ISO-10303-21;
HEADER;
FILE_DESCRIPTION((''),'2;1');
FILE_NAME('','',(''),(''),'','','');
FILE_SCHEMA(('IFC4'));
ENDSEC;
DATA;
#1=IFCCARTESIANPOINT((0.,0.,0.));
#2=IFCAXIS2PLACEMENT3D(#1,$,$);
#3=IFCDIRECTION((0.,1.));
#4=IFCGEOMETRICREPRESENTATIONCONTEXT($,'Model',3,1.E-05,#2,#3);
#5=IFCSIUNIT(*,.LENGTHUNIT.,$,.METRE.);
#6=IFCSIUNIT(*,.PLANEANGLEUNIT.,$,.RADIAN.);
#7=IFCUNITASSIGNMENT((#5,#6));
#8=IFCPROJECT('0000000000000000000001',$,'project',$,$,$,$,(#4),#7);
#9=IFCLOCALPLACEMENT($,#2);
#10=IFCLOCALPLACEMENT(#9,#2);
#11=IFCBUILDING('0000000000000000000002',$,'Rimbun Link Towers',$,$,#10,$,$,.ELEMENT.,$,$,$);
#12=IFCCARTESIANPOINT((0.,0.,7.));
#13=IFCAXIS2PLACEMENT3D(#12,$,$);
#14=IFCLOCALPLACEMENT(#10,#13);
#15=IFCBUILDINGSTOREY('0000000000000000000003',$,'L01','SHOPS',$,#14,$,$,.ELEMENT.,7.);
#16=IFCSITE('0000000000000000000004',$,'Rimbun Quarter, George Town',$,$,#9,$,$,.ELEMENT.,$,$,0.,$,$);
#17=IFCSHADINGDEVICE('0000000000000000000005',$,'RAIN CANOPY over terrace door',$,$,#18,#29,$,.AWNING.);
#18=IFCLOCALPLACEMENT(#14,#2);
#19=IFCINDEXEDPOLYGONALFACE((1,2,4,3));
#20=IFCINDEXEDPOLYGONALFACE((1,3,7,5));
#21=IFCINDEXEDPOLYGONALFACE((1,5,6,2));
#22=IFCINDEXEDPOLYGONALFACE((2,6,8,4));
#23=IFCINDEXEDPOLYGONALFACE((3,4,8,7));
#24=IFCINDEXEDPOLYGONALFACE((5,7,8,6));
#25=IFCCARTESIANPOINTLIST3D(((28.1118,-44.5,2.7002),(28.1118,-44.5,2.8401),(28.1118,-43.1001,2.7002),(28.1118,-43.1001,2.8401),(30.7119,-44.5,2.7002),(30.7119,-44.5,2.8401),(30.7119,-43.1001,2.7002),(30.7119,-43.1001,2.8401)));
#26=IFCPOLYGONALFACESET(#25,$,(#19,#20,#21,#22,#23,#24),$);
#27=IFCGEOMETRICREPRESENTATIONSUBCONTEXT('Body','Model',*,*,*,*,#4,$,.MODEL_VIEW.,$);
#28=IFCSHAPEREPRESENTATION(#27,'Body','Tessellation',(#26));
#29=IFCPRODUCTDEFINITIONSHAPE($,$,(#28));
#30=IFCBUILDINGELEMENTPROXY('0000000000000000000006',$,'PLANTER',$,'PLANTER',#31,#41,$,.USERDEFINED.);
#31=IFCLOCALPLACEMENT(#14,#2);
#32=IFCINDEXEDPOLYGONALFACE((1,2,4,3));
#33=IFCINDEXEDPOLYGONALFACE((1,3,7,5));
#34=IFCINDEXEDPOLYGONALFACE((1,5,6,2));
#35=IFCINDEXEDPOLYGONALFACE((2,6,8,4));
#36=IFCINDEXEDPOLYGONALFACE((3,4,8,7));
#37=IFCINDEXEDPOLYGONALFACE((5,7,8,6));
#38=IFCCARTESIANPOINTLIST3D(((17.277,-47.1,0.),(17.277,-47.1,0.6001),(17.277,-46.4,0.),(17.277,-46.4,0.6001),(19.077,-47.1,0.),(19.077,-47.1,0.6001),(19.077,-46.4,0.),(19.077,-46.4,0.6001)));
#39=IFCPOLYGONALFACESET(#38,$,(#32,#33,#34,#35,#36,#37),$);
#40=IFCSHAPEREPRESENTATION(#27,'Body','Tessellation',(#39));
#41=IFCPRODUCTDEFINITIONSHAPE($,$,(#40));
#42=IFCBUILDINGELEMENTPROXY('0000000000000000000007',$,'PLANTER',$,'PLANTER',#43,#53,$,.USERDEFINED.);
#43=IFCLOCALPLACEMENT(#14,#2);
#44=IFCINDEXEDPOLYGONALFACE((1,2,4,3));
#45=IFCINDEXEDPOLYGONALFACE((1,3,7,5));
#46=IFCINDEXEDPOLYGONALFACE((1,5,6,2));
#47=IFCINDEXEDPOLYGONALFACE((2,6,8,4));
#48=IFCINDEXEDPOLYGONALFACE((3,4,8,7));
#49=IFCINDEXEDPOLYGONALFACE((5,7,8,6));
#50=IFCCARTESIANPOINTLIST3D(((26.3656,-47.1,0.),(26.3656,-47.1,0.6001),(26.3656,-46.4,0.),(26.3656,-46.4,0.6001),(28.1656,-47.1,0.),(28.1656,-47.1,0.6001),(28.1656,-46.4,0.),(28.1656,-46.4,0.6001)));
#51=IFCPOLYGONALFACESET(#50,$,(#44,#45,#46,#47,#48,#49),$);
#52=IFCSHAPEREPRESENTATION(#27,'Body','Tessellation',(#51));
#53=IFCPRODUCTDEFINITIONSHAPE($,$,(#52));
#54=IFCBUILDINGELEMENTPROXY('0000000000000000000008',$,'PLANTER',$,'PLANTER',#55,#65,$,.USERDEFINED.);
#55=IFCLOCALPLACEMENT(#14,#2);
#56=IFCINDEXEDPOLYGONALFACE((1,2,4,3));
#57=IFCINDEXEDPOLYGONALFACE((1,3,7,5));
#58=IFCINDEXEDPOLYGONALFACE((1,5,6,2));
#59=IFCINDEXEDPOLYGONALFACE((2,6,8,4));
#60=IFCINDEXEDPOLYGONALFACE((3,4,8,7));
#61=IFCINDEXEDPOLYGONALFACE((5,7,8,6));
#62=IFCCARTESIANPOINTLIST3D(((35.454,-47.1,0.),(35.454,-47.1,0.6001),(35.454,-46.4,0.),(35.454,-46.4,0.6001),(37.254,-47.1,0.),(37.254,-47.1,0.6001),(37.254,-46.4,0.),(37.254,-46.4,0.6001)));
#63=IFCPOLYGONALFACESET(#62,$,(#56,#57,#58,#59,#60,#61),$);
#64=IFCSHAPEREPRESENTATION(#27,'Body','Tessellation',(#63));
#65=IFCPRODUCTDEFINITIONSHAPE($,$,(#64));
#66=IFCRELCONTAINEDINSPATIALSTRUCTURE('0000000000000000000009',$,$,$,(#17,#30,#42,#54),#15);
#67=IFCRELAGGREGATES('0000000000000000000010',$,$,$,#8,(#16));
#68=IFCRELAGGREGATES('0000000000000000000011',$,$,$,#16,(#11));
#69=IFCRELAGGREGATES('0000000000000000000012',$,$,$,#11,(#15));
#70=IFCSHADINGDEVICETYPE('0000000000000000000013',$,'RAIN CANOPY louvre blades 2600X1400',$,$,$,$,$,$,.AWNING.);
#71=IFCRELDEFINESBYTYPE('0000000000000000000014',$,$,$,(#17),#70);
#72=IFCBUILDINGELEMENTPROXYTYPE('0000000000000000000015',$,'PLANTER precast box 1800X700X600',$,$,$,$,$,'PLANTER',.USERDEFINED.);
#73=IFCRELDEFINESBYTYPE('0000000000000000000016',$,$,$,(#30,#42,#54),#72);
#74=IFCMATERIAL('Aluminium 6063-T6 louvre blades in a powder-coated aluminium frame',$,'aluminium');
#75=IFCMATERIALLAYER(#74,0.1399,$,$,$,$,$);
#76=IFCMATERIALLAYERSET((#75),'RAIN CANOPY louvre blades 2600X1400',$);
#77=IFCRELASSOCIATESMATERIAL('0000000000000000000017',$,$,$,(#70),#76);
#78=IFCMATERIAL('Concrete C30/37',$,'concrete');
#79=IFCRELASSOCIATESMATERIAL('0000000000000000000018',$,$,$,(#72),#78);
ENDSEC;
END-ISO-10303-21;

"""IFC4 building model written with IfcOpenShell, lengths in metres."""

from ifc_helpers import new_model, si_unit, direction, frame, origin, origin_2d, place, context, subcontext, project, spatial, rectangle, extrude, material, layer, layer_set, type_object, element, save


model = new_model("IFC4")

# Units and contexts
model_context = context("Model", 3, precision=1e-05, world=origin(), true_north=direction((0.0, 1.0)))
body_context = subcontext(model_context, "Body", "Model", "MODEL_VIEW")
ifc_project = project(units=[si_unit("LENGTHUNIT", "METRE"), si_unit("PLANEANGLEUNIT", "RADIAN")], contexts=[model_context])

# Site, building, storey
site_placement = place(None, origin())
site = spatial("IfcSite", under=ifc_project, at=site_placement, Name="Rimbun Quarter, George Town", CompositionType="ELEMENT", RefElevation=0.0)
building_placement = place(site_placement, origin())
building = spatial("IfcBuilding", under=site, at=building_placement, Name="Rimbun Link Towers", CompositionType="ELEMENT")
storey_placement = place(building_placement, frame((0.0, 0.0, 7.0)))
storey = spatial("IfcBuildingStorey", under=building, at=storey_placement, Name="L01", Description="SHOPS", CompositionType="ELEMENT", Elevation=7.0)

# Shading device
ifc_material_1 = material(Name="Aluminium 6063-T6 louvre blades in a powder-coated aluminium frame", Category="aluminium")
ifc_layer_1 = layer(ifc_material_1, 0.1399)
ifc_layer_set_1 = layer_set([ifc_layer_1], Name="RAIN CANOPY louvre blades 2600X1400")
shading_device_type = type_object("IfcShadingDeviceType", Name="RAIN CANOPY louvre blades 2600X1400", PredefinedType="AWNING", material=ifc_layer_set_1)
shading_device_placement = place(storey_placement, frame((29.4119, -43.8, 2.7002), z_axis=(0.0, 0.0, 1.0), x_axis=(-1.0, 0.0, 0.0)))
element("IfcShadingDevice", 1, at=shading_device_placement, inside=storey, type_object=shading_device_type, Name="RAIN CANOPY over terrace door", PredefinedType="AWNING", context=body_context, shape_type="SweptSolid", body=[
    extrude(rectangle(XDim=2.6001, YDim=1.3999, at=origin_2d()), origin(), (0.0, 0.0, 1.0), 0.1399),
])

# Building element proxies
ifc_material_2 = material(Name="Concrete C30/37", Category="concrete")
building_element_proxy_type = type_object("IfcBuildingElementProxyType", Name="PLANTER precast box 1800X700X600", ElementType="PLANTER", PredefinedType="USERDEFINED", material=ifc_material_2)
for number, where, z_axis, x_axis, name in (
    (2, (18.177, -46.75, 0.0), (0.0, 0.0, 1.0), (1.0, 0.0, 0.0), "PLANTER"),
    (3, (27.2656, -46.75, 0.0), (0.0, 0.0, 1.0), (1.0, 0.0, 0.0), "PLANTER"),
    (4, (36.354, -46.75, 0.0), (0.0, 0.0, 1.0), (1.0, 0.0, 0.0), "PLANTER"),
):
    element("IfcBuildingElementProxy", number, at=place(storey_placement, frame(where, z_axis=z_axis, x_axis=x_axis)), inside=storey, type_object=building_element_proxy_type, Name=name, ObjectType="PLANTER", PredefinedType="USERDEFINED", context=body_context, shape_type="SweptSolid", body=[
        extrude(rectangle(XDim=1.8, YDim=0.7, at=origin_2d()), origin(), (0.0, 0.0, 1.0), 0.6001),
    ])

save(model, "model.ifc")
